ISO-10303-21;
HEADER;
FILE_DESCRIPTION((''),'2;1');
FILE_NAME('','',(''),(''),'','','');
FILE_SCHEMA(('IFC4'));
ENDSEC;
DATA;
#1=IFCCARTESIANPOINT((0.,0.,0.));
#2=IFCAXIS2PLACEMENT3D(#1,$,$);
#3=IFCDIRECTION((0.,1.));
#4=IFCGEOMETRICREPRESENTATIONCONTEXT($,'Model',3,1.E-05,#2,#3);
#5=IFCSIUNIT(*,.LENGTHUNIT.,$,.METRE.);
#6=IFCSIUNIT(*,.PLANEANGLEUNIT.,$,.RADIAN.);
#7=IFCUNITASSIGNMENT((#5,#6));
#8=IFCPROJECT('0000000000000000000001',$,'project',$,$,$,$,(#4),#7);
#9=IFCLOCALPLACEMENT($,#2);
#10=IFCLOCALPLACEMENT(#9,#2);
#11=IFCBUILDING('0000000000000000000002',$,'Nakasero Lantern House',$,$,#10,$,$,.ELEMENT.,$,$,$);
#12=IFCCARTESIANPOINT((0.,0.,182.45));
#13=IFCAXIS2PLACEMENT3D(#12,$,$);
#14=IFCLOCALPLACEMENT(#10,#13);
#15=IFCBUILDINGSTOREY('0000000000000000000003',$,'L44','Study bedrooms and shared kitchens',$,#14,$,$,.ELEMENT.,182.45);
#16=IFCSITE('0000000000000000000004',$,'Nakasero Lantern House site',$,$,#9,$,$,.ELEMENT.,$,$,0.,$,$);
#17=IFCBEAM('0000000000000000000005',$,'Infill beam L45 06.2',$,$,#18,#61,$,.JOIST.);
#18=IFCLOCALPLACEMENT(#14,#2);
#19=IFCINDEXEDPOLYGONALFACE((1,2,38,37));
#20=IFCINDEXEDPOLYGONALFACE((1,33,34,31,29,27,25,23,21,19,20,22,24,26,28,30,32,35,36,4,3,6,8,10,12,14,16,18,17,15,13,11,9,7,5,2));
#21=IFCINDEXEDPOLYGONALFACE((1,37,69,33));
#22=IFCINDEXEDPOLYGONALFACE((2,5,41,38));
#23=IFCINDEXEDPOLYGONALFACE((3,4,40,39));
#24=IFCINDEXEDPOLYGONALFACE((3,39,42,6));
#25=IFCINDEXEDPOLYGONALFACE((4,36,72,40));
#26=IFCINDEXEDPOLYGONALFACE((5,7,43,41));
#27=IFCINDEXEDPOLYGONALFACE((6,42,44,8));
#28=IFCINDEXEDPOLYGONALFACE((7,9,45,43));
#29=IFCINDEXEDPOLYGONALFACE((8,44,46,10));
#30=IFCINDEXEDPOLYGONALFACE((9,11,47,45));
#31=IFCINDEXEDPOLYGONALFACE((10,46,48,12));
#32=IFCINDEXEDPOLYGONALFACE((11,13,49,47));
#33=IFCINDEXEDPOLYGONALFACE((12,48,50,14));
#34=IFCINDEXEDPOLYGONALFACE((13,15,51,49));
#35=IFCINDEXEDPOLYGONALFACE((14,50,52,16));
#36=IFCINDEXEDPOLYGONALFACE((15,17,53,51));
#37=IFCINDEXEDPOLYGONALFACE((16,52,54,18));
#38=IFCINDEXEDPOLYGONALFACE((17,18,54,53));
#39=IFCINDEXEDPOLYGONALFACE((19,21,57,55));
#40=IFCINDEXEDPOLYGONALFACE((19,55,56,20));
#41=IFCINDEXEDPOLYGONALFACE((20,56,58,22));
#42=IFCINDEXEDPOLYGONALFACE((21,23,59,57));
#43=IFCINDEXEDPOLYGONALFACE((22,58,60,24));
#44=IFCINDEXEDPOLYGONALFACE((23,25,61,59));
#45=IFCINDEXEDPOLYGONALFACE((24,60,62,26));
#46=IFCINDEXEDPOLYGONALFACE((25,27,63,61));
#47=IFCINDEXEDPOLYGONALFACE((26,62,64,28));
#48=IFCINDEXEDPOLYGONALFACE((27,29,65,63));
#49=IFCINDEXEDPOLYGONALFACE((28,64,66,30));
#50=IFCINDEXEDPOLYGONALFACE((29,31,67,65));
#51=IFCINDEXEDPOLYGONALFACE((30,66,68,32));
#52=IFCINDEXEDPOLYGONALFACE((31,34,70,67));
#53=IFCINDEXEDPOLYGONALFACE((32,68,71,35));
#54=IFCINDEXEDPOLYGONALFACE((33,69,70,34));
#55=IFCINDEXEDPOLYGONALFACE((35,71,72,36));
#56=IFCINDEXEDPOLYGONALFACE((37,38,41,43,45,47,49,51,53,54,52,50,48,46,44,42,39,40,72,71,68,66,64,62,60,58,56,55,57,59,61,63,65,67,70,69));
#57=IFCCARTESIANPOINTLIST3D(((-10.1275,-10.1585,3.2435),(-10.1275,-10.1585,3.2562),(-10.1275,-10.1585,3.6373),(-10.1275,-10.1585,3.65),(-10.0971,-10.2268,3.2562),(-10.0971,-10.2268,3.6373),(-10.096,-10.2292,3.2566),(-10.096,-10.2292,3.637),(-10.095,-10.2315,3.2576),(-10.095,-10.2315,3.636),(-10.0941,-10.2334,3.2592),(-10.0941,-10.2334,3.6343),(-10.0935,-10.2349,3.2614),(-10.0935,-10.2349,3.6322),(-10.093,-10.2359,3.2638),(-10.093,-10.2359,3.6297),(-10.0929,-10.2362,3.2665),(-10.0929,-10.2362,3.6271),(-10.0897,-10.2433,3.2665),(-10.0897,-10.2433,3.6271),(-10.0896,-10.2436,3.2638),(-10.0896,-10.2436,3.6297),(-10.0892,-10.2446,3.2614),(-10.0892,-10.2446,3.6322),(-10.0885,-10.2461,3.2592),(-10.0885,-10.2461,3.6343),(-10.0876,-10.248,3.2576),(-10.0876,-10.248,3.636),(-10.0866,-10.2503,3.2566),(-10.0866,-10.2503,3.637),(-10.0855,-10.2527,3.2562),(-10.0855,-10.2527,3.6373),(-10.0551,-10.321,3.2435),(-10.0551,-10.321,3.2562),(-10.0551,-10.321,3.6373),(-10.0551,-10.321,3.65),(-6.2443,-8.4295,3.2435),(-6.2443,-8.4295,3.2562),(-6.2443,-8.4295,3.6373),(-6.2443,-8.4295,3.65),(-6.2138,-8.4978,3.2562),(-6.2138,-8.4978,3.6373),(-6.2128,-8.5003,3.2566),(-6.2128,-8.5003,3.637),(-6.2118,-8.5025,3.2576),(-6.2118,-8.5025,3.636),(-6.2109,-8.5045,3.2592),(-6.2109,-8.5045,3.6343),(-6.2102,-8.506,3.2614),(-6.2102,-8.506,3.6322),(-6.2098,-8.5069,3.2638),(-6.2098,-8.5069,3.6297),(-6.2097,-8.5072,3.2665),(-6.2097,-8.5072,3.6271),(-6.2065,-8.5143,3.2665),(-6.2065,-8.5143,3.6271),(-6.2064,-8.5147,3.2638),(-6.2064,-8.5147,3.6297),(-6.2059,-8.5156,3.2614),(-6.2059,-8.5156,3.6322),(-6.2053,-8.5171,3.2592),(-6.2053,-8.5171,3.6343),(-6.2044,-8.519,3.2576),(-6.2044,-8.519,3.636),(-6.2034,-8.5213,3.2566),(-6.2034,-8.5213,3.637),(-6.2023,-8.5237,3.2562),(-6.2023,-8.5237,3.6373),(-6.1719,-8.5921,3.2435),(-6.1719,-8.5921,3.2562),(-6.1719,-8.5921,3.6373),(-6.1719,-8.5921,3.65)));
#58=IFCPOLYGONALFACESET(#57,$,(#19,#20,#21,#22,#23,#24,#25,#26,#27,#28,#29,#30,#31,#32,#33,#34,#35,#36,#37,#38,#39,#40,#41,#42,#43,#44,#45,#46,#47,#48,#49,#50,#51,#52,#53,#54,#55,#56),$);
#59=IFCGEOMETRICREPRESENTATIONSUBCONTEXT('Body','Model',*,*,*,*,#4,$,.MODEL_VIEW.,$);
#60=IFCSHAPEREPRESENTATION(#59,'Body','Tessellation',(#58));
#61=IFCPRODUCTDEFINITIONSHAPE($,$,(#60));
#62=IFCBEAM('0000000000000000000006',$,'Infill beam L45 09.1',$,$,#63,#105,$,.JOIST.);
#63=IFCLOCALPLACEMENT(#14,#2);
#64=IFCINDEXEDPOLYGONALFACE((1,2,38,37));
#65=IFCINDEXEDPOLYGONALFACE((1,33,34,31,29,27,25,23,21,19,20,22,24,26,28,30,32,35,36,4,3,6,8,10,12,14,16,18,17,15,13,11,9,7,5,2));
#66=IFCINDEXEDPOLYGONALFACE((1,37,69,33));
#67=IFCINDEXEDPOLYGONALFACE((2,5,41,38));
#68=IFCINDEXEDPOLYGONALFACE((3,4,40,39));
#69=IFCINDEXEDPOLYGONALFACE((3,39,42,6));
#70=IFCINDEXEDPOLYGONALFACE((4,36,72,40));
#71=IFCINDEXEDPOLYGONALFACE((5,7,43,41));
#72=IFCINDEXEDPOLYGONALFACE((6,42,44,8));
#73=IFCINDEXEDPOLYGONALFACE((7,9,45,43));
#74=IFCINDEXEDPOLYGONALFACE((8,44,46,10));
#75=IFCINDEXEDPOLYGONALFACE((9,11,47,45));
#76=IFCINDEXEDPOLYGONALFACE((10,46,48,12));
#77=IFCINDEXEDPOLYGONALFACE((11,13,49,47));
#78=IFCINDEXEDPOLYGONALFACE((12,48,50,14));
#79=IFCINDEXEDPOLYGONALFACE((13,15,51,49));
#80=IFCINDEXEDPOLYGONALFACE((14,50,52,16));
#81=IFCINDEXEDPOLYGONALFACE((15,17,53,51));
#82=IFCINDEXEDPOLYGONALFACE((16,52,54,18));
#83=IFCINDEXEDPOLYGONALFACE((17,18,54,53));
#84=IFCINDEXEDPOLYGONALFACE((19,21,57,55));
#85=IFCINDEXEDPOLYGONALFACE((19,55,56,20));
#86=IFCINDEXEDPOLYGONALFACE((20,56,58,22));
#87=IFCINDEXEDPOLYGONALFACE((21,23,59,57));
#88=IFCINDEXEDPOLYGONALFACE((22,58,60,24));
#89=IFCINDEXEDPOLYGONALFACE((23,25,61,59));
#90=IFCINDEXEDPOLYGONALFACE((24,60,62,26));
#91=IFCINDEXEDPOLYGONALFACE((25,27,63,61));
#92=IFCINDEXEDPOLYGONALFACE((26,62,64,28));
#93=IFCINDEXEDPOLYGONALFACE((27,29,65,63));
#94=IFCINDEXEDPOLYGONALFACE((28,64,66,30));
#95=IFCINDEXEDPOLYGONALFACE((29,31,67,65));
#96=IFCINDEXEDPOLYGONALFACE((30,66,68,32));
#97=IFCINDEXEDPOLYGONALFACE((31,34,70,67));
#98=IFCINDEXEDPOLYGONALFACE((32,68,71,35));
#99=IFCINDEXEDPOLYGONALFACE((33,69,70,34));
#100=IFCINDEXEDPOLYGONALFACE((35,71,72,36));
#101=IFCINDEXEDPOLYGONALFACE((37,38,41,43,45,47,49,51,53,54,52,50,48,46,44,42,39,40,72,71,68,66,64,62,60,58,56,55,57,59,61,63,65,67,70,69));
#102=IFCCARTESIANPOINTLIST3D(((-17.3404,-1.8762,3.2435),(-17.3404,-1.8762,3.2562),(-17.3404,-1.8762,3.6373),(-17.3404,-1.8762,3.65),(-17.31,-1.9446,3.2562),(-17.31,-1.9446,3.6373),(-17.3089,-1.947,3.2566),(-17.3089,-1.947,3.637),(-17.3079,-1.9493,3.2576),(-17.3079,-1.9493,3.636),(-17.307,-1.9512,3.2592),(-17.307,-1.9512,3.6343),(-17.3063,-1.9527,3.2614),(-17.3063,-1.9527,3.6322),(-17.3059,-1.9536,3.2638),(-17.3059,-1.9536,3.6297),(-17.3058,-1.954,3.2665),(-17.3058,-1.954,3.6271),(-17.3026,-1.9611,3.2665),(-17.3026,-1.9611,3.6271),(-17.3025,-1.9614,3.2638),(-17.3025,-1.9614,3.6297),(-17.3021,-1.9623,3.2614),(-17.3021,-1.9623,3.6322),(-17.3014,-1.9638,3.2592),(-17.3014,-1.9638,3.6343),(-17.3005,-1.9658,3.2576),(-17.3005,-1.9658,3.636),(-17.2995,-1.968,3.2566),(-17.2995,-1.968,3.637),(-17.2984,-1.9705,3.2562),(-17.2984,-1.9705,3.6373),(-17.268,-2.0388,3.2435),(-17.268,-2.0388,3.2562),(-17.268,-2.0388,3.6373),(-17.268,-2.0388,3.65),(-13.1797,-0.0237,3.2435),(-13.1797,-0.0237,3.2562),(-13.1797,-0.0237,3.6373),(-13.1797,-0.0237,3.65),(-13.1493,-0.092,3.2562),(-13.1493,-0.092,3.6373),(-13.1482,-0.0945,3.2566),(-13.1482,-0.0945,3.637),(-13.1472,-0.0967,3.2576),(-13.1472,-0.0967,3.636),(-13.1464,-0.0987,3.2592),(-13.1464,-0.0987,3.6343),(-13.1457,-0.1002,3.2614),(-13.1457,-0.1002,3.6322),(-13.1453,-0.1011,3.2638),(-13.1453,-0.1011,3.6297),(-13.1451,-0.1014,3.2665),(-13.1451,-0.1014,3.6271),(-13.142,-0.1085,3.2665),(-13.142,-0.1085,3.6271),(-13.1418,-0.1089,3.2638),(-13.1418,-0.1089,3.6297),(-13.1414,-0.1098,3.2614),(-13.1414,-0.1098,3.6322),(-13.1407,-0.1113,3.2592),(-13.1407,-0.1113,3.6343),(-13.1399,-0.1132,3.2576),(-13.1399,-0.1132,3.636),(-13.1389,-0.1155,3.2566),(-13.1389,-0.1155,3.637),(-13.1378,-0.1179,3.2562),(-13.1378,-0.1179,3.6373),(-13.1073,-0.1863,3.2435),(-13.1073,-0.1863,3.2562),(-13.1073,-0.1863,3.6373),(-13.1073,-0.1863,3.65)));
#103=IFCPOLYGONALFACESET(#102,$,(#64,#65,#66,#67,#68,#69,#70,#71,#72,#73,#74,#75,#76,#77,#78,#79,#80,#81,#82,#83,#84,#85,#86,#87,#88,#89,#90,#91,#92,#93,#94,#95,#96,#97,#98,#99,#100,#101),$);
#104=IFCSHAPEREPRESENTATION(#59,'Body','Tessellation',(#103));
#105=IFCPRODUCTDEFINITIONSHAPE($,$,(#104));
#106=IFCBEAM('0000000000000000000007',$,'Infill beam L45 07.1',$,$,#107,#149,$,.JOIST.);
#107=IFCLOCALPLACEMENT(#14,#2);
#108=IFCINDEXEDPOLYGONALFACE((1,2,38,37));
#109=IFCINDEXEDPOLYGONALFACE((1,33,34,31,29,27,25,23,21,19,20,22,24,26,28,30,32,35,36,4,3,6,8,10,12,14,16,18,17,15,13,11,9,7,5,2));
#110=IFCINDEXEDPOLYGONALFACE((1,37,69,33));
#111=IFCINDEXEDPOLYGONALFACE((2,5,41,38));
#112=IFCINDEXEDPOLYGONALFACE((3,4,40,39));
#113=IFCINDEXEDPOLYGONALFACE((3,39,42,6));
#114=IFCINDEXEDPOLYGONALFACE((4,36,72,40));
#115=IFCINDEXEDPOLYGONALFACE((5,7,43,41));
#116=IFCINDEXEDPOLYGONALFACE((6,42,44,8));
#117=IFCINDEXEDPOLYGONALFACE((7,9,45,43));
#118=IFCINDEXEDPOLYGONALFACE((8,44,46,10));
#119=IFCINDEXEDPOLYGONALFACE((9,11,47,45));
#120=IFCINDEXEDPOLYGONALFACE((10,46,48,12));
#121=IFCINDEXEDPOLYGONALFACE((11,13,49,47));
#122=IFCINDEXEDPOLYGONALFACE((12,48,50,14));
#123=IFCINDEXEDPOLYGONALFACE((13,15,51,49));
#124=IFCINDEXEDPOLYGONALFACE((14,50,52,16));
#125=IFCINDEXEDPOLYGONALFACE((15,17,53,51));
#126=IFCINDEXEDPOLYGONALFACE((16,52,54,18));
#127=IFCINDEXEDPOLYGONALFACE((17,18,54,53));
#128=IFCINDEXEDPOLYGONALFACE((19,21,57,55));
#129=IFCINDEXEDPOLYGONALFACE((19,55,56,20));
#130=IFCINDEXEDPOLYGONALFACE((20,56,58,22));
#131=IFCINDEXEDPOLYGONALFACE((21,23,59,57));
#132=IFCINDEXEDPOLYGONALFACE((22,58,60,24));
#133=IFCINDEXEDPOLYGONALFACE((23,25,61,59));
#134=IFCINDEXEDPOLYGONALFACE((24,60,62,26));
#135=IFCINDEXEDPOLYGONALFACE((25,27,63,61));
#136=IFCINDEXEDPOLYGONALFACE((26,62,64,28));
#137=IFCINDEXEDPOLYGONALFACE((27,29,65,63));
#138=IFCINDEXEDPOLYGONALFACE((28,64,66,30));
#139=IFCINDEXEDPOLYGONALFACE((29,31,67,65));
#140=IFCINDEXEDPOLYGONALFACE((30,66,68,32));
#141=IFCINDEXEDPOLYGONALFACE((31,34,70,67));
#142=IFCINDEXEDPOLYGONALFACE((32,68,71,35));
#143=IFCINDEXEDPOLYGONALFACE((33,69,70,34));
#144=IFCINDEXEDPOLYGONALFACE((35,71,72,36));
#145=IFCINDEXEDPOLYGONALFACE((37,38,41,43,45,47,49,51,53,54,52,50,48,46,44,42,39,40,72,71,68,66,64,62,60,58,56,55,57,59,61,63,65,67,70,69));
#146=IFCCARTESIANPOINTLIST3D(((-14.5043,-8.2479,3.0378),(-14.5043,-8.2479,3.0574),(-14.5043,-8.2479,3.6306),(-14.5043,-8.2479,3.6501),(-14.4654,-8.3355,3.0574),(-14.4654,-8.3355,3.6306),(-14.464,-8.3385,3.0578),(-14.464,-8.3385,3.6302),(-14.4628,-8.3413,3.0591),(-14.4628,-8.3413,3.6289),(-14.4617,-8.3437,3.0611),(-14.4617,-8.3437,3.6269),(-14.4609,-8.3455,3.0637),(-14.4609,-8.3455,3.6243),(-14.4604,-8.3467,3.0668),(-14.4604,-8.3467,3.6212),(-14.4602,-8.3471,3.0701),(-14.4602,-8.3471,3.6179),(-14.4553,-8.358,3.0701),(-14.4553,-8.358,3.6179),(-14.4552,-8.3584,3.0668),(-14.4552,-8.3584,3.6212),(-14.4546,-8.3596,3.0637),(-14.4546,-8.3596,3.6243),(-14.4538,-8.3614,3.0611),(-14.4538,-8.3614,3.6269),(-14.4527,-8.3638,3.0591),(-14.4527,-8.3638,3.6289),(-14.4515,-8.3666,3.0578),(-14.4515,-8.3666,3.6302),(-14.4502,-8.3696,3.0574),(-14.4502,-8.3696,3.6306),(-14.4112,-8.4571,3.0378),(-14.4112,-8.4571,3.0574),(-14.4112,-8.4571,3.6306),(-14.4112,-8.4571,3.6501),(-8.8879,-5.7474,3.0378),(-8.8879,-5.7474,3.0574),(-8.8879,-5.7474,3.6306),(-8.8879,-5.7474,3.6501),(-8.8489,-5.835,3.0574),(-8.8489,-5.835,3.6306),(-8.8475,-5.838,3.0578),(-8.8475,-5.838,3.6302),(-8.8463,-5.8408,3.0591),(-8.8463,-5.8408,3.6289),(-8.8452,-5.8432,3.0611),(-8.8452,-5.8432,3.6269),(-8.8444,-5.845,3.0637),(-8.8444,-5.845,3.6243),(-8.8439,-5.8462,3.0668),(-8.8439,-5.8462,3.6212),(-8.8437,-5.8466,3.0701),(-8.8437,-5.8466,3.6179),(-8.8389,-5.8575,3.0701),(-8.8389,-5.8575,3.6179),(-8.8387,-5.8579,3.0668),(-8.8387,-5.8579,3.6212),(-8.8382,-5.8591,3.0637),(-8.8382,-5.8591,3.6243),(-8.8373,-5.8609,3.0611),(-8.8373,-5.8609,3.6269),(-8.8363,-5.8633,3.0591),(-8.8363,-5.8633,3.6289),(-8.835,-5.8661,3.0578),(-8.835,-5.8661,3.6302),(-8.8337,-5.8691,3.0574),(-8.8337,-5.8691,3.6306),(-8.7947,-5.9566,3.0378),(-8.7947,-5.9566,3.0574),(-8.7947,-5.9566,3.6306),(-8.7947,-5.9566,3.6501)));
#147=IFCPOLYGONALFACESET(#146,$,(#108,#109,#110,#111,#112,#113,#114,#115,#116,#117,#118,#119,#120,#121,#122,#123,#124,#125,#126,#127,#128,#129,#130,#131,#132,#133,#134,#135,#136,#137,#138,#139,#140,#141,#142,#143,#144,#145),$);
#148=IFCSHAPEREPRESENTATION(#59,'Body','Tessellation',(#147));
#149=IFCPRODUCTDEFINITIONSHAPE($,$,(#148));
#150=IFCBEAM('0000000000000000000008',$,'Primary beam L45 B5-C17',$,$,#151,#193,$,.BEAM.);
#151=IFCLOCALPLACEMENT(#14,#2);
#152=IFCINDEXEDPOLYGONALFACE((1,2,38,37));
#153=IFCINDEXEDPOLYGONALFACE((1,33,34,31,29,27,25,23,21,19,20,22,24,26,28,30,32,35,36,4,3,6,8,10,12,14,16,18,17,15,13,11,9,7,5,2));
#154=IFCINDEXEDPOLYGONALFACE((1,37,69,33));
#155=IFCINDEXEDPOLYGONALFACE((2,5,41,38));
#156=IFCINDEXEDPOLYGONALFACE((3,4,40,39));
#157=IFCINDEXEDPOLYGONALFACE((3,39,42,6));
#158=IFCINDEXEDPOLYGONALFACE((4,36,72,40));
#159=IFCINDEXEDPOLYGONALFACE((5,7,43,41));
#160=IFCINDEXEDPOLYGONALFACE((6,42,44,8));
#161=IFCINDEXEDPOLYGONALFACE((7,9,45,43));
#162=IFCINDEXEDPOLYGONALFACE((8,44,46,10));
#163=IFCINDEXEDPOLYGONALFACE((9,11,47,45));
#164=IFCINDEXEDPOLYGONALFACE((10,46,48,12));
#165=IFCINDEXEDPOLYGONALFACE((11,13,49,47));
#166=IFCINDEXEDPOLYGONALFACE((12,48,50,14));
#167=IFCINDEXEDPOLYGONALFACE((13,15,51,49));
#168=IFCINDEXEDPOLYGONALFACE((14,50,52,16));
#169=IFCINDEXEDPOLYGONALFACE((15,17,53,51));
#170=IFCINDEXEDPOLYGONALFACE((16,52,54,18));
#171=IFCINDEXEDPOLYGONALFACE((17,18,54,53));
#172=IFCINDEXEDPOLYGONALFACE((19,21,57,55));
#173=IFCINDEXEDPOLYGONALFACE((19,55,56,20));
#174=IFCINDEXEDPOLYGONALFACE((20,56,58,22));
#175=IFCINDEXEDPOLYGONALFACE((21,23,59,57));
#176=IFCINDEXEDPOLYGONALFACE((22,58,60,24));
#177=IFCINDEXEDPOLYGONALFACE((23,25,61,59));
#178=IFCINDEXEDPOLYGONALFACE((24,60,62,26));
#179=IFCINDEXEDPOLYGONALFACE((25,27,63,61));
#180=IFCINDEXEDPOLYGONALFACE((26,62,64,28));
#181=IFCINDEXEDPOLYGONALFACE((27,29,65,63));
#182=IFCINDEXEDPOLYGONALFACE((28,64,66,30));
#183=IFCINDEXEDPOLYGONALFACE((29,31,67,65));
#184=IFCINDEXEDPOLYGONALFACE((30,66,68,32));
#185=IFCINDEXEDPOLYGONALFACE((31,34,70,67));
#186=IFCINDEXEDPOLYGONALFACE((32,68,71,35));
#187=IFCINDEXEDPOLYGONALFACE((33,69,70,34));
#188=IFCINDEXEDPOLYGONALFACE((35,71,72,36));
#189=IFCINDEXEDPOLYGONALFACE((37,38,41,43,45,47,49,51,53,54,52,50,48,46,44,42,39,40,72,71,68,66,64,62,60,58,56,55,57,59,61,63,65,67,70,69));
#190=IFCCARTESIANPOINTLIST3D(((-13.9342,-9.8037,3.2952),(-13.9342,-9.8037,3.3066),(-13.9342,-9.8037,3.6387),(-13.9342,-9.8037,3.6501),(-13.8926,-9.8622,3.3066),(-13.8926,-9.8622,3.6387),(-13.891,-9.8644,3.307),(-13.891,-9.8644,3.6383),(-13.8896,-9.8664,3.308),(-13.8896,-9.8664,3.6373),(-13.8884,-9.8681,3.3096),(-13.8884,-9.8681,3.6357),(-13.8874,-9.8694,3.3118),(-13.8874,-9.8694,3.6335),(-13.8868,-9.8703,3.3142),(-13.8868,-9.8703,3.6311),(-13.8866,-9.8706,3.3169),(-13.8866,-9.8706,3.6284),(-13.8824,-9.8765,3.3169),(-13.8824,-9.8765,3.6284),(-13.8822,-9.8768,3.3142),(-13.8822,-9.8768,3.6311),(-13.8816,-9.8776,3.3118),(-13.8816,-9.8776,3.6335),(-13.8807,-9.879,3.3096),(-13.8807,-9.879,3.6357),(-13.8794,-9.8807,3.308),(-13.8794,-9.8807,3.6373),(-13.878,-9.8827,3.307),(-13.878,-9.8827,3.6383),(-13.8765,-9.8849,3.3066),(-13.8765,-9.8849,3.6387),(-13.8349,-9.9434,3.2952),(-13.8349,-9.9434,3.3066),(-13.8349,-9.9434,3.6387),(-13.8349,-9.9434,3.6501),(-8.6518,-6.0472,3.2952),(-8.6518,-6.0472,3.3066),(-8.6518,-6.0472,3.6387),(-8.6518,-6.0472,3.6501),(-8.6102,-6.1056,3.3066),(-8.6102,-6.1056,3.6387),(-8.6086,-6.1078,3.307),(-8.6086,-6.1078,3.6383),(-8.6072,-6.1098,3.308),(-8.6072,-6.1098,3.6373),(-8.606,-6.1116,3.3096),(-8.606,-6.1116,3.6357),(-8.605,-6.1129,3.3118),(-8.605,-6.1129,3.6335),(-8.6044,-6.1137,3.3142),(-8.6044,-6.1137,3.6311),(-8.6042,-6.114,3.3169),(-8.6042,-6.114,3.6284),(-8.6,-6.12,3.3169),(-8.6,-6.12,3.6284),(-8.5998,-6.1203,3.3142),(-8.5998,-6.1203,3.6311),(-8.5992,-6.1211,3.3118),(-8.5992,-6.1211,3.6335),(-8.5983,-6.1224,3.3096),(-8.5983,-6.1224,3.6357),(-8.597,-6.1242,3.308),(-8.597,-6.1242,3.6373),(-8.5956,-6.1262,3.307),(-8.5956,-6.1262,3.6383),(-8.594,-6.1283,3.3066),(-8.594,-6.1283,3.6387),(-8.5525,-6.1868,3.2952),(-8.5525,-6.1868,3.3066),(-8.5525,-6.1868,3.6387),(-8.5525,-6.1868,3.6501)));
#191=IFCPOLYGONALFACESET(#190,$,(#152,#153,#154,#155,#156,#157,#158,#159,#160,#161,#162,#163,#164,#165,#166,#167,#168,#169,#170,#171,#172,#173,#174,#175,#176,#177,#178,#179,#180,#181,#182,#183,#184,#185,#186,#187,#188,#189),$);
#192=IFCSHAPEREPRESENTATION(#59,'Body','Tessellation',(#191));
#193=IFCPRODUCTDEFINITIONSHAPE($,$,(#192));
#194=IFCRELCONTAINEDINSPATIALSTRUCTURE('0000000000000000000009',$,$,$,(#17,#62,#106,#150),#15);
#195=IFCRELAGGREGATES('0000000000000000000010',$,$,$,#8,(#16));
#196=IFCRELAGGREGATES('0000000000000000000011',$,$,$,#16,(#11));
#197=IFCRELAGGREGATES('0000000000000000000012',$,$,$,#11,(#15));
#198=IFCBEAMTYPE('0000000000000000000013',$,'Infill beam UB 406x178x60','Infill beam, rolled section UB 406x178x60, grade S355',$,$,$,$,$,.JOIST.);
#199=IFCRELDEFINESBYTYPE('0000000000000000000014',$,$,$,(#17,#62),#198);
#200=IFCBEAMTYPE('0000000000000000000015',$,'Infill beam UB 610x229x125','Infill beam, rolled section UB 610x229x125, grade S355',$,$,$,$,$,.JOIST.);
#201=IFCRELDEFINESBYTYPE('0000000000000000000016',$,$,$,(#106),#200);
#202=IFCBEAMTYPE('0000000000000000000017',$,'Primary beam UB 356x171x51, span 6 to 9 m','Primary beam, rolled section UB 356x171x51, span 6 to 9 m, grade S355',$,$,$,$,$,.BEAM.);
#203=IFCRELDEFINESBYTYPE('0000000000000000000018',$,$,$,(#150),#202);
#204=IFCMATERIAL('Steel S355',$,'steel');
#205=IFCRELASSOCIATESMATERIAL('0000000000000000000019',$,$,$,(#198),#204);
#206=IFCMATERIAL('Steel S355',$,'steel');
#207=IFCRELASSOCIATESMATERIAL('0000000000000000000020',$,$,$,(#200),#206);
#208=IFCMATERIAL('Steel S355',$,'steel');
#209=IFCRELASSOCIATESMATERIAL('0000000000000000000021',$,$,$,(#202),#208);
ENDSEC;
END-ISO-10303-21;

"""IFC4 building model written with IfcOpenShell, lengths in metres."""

from ifc_helpers import new_model, si_unit, direction, frame, origin, origin_2d, place, context, subcontext, project, spatial, i_section, extrude, material, material_profile, profile_set, type_object, element, save


model = new_model("IFC4")

# Units and contexts
model_context = context("Model", 3, precision=1e-05, world=origin(), true_north=direction((0.0, 1.0)))
body_context = subcontext(model_context, "Body", "Model", "MODEL_VIEW")
ifc_project = project(units=[si_unit("LENGTHUNIT", "METRE"), si_unit("PLANEANGLEUNIT", "RADIAN")], contexts=[model_context])

# Site, building, storey
site_placement = place(None, origin())
site = spatial("IfcSite", under=ifc_project, at=site_placement, Name="Nakasero Lantern House site", CompositionType="ELEMENT", RefElevation=0.0)
building_placement = place(site_placement, origin())
building = spatial("IfcBuilding", under=site, at=building_placement, Name="Nakasero Lantern House", CompositionType="ELEMENT")
storey_placement = place(building_placement, frame((0.0, 0.0, 182.45)))
storey = spatial("IfcBuildingStorey", under=building, at=storey_placement, Name="L44", Description="Study bedrooms and shared kitchens", CompositionType="ELEMENT", Elevation=182.45)

# Beams
ifc_material_1 = material(Name="Steel S355", Category="steel")
ifc_material_profile_1 = material_profile(ifc_material_1, i_section(OverallWidth=0.178, OverallDepth=0.4065, WebThickness=0.0078, FlangeThickness=0.0127, FilletRadius=0.0103, at=origin_2d()), Name="UB 406x178x60")
ifc_profile_set_1 = profile_set([ifc_material_profile_1], Name="Steel S355")
beam_type_1 = type_object("IfcBeamType", Name="Infill beam UB 406x178x60", Description="Infill beam, rolled section UB 406x178x60, grade S355", PredefinedType="JOIST", material=ifc_profile_set_1)
beam_1_placement = place(storey_placement, frame((-10.0913, -10.2397, 3.4468), z_axis=(0.913541, 0.406746, 0.0), x_axis=(-0.406746, 0.913541, 0.0)))
element("IfcBeam", 1, at=beam_1_placement, inside=storey, type_object=beam_type_1, Name="Infill beam L45 06.2", PredefinedType="JOIST", context=body_context, shape_type="SweptSolid", body=[
    extrude(i_section(OverallWidth=0.178, OverallDepth=0.4065, WebThickness=0.0078, FlangeThickness=0.0127, FilletRadius=0.0103, at=origin_2d()), origin(), (0.0, 0.0, 1.0), 4.2507),
])
beam_2_placement = place(storey_placement, frame((-17.3042, -1.9575, 3.4468), z_axis=(0.913537, 0.406755, 0.0), x_axis=(-0.406755, 0.913537, 0.0)))
element("IfcBeam", 2, at=beam_2_placement, inside=storey, type_object=beam_type_1, Name="Infill beam L45 09.1", PredefinedType="JOIST", context=body_context, shape_type="SweptSolid", body=[
    extrude(i_section(OverallWidth=0.178, OverallDepth=0.4065, WebThickness=0.0078, FlangeThickness=0.0127, FilletRadius=0.0103, at=origin_2d()), origin(), (0.0, 0.0, 1.0), 4.5544),
])
ifc_material_2 = material(Name="Steel S355", Category="steel")
ifc_material_profile_2 = material_profile(ifc_material_2, i_section(OverallWidth=0.229, OverallDepth=0.6123, WebThickness=0.012, FlangeThickness=0.0195, FilletRadius=0.0127, at=origin_2d()), Name="UB 610x229x125")
ifc_profile_set_2 = profile_set([ifc_material_profile_2], Name="Steel S355")
beam_type_2 = type_object("IfcBeamType", Name="Infill beam UB 610x229x125", Description="Infill beam, rolled section UB 610x229x125, grade S355", PredefinedType="JOIST", material=ifc_profile_set_2)
beam_3_placement = place(storey_placement, frame((-14.4578, -8.3525, 3.344), z_axis=(0.913553, 0.406721, 0.0), x_axis=(-0.406721, 0.913553, 0.0)))
element("IfcBeam", 3, at=beam_3_placement, inside=storey, type_object=beam_type_2, Name="Infill beam L45 07.1", PredefinedType="JOIST", context=body_context, shape_type="SweptSolid", body=[
    extrude(i_section(OverallWidth=0.229, OverallDepth=0.6123, WebThickness=0.012, FlangeThickness=0.0195, FilletRadius=0.0127, at=origin_2d()), origin(), (0.0, 0.0, 1.0), 6.1479),
])
ifc_material_3 = material(Name="Steel S355", Category="steel")
ifc_material_profile_3 = material_profile(ifc_material_3, i_section(OverallWidth=0.1714, OverallDepth=0.355, WebThickness=0.0073, FlangeThickness=0.0115, FilletRadius=0.0103, at=origin_2d()), Name="UB 356x171x51")
ifc_profile_set_3 = profile_set([ifc_material_profile_3], Name="Steel S355")
beam_type_3 = type_object("IfcBeamType", Name="Primary beam UB 356x171x51, span 6 to 9 m", Description="Primary beam, rolled section UB 356x171x51, span 6 to 9 m, grade S355", PredefinedType="BEAM", material=ifc_profile_set_3)
beam_4_placement = place(storey_placement, frame((-13.8845, -9.8735, 3.4727), z_axis=(0.814943, 0.579541, 0.0), x_axis=(-0.579541, 0.814943, 0.0)))
element("IfcBeam", 4, at=beam_4_placement, inside=storey, type_object=beam_type_3, Name="Primary beam L45 B5-C17", PredefinedType="BEAM", context=body_context, shape_type="SweptSolid", body=[
    extrude(i_section(OverallWidth=0.1714, OverallDepth=0.355, WebThickness=0.0073, FlangeThickness=0.0115, FilletRadius=0.0103, at=origin_2d()), origin(), (0.0, 0.0, 1.0), 6.4819),
])

save(model, "model.ifc")
